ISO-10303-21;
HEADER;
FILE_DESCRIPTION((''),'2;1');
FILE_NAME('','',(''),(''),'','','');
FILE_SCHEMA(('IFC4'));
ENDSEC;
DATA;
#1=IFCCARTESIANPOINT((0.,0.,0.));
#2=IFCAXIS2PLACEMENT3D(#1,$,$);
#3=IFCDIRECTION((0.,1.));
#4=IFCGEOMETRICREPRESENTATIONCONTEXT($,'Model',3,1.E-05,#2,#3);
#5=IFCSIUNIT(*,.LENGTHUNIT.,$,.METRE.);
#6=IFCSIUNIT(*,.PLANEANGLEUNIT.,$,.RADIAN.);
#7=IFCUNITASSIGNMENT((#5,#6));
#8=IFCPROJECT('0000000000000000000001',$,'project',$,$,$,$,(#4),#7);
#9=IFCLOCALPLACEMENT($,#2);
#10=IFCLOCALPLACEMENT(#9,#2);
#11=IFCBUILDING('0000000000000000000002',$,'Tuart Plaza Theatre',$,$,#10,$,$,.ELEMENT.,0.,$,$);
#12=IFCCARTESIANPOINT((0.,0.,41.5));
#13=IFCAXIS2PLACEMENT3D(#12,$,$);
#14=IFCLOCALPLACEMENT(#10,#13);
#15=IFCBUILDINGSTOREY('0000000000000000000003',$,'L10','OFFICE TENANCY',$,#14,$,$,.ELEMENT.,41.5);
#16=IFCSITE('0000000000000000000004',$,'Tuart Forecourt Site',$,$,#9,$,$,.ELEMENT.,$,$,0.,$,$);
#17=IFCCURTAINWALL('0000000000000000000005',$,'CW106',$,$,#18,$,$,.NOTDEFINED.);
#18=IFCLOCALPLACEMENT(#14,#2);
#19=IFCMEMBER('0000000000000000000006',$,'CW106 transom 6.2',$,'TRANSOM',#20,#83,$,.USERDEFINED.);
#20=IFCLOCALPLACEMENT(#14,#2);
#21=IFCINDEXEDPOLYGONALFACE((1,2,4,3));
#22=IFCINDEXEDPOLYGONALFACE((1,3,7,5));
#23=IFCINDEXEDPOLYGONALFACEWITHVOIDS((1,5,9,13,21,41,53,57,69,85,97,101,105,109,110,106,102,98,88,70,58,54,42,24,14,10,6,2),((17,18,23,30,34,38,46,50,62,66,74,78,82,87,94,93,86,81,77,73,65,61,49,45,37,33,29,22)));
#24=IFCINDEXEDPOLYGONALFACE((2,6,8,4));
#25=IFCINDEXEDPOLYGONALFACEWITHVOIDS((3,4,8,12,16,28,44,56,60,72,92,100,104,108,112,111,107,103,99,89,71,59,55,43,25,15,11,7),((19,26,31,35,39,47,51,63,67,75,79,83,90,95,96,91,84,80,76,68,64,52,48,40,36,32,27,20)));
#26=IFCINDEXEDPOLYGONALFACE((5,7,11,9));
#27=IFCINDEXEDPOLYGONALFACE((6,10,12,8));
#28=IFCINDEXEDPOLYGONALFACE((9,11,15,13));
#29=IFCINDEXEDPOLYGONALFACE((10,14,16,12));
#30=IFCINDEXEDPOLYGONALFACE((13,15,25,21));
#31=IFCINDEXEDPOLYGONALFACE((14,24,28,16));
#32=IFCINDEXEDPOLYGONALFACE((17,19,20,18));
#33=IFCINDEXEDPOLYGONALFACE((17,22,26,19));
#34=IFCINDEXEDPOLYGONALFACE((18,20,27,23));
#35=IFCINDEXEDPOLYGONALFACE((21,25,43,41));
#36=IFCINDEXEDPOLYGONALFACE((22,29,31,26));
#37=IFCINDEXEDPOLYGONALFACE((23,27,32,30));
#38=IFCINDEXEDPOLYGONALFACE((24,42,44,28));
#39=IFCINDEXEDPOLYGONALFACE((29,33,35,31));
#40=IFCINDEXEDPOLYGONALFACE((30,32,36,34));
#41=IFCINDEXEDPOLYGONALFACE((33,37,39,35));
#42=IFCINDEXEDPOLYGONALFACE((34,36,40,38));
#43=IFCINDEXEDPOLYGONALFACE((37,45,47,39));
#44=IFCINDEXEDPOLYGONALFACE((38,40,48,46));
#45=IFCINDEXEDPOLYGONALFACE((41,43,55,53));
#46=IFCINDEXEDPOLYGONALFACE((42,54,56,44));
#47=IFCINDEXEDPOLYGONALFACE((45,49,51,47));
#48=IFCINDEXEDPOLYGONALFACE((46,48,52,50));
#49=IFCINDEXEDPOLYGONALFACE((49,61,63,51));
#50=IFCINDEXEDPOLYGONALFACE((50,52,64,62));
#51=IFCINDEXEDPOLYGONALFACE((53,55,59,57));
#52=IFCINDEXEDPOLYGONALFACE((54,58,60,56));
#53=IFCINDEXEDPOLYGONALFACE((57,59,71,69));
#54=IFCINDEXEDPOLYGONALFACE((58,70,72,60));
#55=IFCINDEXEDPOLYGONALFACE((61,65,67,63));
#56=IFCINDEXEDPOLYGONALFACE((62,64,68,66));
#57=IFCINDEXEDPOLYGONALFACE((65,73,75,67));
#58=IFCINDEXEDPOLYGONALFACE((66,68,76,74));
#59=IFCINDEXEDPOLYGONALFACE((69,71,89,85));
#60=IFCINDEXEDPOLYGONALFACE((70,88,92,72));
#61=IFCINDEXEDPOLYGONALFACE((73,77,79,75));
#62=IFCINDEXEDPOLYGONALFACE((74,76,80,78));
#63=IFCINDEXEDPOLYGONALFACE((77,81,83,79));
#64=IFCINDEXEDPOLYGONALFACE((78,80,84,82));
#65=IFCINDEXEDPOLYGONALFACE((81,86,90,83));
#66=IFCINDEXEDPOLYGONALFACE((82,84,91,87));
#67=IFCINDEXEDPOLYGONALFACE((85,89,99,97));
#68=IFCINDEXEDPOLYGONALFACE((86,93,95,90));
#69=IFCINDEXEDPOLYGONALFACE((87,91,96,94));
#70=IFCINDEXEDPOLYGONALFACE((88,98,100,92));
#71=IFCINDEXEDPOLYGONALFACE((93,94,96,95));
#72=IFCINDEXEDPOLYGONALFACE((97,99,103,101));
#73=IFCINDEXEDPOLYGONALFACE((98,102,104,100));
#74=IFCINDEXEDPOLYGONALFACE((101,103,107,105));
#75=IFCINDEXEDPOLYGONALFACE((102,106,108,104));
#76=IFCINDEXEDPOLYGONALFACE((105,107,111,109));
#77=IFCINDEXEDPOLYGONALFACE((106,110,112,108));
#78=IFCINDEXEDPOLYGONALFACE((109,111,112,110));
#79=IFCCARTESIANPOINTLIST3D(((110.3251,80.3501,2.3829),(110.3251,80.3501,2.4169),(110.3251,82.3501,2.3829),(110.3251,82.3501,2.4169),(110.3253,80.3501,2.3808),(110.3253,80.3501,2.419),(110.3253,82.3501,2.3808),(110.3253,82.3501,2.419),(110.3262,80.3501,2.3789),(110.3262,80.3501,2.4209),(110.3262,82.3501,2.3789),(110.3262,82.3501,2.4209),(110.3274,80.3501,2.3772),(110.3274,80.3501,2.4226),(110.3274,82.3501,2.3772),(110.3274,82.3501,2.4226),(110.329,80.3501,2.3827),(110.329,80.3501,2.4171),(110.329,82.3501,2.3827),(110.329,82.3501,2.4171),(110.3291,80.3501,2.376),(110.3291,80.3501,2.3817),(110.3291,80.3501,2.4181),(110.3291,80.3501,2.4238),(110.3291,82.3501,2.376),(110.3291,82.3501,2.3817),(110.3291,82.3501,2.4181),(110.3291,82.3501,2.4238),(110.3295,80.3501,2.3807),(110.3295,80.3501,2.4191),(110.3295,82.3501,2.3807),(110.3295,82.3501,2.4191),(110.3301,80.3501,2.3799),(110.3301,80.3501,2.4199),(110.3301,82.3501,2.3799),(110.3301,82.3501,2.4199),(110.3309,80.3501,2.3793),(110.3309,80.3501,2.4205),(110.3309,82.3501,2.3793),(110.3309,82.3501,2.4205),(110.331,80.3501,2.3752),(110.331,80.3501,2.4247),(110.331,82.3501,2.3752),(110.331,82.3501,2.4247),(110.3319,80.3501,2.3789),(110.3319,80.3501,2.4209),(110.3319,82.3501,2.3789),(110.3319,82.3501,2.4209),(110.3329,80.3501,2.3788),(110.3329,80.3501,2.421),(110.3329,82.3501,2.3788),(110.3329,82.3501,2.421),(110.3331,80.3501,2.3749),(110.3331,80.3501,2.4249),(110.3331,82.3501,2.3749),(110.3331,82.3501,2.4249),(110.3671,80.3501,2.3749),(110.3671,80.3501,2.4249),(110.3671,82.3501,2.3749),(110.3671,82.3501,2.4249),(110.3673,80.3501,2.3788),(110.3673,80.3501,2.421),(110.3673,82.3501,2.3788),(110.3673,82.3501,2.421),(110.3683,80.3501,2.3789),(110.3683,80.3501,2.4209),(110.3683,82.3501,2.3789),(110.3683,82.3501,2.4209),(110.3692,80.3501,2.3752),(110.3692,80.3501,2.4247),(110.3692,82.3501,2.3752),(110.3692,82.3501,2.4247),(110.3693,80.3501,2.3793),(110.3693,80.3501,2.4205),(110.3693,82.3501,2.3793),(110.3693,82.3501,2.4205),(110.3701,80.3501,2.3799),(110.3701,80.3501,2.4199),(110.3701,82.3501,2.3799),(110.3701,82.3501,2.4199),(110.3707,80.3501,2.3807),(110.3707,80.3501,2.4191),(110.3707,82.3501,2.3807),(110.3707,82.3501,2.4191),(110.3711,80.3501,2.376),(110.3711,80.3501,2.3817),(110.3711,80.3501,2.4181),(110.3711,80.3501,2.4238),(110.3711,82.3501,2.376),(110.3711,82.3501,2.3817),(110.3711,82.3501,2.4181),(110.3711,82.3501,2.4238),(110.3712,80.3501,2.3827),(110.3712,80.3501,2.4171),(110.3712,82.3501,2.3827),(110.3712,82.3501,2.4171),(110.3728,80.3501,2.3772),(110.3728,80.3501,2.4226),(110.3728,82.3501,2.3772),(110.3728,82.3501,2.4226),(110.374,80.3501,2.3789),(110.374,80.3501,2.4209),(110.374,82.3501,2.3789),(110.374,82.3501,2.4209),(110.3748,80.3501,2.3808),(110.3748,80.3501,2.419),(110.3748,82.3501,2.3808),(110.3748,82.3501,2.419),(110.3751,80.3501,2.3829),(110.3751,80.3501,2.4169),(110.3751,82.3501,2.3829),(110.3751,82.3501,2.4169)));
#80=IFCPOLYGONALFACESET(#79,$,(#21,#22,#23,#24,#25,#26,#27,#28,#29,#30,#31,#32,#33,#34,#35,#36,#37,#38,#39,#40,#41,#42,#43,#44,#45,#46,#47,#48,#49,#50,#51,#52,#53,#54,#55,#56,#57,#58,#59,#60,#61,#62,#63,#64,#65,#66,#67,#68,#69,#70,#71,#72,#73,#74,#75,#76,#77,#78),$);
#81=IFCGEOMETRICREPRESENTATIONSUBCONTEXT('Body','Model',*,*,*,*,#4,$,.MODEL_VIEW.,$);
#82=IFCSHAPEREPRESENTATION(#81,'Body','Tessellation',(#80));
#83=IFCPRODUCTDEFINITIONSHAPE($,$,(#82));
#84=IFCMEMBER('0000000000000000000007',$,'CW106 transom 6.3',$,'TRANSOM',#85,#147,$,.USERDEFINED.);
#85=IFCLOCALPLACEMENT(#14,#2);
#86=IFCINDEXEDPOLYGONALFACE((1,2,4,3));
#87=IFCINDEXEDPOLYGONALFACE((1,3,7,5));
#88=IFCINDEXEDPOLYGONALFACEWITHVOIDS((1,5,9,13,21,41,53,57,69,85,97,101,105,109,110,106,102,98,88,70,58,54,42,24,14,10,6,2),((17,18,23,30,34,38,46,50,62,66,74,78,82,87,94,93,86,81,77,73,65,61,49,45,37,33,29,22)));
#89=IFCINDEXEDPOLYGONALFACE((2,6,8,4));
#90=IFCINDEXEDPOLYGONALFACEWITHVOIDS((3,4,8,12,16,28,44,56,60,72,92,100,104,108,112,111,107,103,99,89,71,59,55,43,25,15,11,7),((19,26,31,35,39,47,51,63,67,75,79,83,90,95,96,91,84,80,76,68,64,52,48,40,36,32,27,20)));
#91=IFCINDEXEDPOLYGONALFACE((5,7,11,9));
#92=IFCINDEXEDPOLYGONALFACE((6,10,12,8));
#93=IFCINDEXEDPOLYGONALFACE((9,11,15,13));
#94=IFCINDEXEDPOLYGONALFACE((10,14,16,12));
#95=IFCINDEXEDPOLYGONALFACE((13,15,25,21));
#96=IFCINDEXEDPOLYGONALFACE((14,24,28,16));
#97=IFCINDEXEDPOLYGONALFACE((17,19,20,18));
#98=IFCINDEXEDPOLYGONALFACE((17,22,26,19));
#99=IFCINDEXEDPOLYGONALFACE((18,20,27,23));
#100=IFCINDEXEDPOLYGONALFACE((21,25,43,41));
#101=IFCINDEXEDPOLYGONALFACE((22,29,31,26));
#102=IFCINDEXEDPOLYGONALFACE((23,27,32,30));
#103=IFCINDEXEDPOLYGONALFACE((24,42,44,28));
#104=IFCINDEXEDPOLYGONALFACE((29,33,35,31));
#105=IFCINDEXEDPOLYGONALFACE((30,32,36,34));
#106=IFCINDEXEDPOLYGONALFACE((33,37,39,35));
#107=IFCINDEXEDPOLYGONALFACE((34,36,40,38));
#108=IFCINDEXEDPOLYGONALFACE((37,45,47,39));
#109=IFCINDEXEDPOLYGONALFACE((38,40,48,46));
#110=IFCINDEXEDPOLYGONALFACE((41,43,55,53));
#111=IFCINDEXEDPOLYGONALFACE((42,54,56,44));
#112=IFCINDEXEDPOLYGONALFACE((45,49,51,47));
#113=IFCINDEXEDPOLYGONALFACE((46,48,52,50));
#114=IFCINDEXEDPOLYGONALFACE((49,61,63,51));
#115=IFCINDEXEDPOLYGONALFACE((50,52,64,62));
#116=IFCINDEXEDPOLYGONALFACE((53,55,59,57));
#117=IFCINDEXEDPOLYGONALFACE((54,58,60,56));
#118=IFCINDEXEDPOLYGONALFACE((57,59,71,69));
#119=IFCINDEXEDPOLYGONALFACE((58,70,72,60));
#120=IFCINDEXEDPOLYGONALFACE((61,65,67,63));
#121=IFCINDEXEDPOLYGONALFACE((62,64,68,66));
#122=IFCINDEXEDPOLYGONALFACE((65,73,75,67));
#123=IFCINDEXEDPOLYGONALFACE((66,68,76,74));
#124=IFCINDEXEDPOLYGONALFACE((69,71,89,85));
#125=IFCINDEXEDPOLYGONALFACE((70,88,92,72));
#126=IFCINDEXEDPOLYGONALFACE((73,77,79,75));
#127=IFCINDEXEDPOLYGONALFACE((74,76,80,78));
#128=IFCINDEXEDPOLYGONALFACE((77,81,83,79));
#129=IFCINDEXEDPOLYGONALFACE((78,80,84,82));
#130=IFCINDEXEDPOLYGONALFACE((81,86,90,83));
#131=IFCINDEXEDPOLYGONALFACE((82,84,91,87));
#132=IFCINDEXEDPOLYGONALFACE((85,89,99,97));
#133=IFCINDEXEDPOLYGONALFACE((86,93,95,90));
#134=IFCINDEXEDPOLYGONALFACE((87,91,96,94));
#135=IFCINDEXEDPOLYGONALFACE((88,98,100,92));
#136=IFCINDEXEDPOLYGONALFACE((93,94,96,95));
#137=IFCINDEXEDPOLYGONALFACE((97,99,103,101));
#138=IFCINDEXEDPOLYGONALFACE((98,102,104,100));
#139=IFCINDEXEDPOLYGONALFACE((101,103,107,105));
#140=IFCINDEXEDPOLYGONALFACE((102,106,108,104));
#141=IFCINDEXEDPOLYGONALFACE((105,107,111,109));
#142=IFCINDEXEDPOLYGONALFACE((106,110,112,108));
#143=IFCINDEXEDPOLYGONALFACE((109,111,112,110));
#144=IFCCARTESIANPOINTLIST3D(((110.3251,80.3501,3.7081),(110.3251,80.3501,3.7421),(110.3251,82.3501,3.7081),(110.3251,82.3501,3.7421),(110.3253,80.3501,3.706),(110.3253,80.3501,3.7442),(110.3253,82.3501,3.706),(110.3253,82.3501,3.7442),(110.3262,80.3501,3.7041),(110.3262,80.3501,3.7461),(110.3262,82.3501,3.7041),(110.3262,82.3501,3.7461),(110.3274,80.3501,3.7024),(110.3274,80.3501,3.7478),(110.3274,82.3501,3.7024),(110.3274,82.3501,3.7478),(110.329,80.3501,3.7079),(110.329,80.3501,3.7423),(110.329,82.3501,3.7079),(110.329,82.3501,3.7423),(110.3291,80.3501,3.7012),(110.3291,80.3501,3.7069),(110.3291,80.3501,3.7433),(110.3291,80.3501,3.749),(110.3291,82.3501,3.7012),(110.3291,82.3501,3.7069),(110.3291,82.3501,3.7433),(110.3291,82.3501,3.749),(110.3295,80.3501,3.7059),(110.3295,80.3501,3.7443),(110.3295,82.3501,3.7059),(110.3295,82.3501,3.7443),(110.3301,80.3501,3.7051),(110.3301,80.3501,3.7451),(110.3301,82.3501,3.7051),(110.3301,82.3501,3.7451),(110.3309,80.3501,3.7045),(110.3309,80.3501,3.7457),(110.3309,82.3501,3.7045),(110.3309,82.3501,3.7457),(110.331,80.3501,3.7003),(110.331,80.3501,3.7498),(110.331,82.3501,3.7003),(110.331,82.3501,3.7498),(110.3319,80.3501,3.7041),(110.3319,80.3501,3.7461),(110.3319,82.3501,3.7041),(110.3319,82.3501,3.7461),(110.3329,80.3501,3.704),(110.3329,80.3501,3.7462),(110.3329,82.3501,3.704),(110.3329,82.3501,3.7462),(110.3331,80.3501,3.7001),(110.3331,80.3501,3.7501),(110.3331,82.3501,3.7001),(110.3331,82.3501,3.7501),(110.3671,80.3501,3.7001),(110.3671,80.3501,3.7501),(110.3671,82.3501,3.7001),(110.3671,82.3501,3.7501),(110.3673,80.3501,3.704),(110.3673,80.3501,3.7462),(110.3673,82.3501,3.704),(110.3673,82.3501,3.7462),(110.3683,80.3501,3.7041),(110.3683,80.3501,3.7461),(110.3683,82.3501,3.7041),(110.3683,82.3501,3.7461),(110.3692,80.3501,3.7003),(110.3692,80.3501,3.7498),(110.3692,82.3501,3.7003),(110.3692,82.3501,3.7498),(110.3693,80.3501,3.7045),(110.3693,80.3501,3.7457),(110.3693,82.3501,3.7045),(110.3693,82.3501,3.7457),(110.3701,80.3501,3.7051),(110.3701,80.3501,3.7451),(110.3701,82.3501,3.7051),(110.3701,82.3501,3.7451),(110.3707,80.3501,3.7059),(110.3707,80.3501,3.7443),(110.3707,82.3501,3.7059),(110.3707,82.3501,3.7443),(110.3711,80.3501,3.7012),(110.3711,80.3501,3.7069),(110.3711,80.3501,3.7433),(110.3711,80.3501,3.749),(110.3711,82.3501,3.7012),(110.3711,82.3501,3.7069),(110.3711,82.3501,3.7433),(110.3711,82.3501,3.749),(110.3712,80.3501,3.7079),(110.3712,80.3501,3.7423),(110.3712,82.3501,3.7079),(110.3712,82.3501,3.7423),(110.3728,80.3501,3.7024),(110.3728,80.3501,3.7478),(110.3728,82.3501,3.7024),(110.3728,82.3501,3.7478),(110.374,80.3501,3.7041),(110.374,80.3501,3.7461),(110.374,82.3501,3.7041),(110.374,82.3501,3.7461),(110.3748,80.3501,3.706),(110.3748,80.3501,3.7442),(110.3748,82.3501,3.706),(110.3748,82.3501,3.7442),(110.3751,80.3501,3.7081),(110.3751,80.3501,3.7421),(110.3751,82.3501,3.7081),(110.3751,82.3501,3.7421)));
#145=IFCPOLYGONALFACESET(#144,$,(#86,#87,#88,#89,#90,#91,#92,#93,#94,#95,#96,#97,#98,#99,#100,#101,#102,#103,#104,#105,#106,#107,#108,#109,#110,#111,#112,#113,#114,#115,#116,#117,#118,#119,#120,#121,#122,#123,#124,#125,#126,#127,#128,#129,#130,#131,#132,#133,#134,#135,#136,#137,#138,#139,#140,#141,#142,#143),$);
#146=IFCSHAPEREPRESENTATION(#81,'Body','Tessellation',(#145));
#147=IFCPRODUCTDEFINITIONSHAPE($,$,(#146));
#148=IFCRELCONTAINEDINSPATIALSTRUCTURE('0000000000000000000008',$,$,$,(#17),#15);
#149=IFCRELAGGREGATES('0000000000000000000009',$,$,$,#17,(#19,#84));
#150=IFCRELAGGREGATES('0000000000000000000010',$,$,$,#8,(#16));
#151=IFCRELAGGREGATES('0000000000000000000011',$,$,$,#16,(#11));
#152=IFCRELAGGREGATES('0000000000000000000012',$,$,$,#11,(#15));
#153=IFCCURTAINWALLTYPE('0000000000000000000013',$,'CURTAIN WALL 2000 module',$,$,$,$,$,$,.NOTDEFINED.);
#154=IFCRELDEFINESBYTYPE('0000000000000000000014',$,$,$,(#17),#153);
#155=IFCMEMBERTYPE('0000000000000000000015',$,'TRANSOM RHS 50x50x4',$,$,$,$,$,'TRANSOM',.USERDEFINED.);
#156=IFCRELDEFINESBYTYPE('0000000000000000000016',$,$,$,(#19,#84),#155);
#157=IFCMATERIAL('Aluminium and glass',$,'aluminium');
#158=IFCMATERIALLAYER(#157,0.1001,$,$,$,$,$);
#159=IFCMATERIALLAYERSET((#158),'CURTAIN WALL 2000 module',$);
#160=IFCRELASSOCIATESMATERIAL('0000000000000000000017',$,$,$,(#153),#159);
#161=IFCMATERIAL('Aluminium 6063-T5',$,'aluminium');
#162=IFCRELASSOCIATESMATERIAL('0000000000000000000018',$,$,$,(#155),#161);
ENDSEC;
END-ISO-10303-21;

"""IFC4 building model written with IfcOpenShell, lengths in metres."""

from ifc_helpers import new_model, si_unit, direction, frame, origin, origin_2d, place, context, subcontext, project, spatial, hollow_rectangle, extrude, material, layer, layer_set, material_profile, profile_set, type_object, element, aggregate, save


model = new_model("IFC4")

# Units and contexts
model_context = context("Model", 3, precision=1e-05, world=origin(), true_north=direction((0.0, 1.0)))
body_context = subcontext(model_context, "Body", "Model", "MODEL_VIEW")
ifc_project = project(units=[si_unit("LENGTHUNIT", "METRE"), si_unit("PLANEANGLEUNIT", "RADIAN")], contexts=[model_context])

# Site, building, storey
site_placement = place(None, origin())
site = spatial("IfcSite", under=ifc_project, at=site_placement, Name="Tuart Forecourt Site", CompositionType="ELEMENT", RefElevation=0.0)
building_placement = place(site_placement, origin())
building = spatial("IfcBuilding", under=site, at=building_placement, Name="Tuart Plaza Theatre", CompositionType="ELEMENT", ElevationOfRefHeight=0.0)
storey_placement = place(building_placement, frame((0.0, 0.0, 41.5)))
storey = spatial("IfcBuildingStorey", under=building, at=storey_placement, Name="L10", Description="OFFICE TENANCY", CompositionType="ELEMENT", Elevation=41.5)

# Curtain wall, members
ifc_material_1 = material(Name="Aluminium and glass", Category="aluminium")
ifc_layer_1 = layer(ifc_material_1, 0.1001)
ifc_layer_set_1 = layer_set([ifc_layer_1], Name="CURTAIN WALL 2000 module")
curtain_wall_type = type_object("IfcCurtainWallType", Name="CURTAIN WALL 2000 module", PredefinedType="NOTDEFINED", material=ifc_layer_set_1)
curtain_wall_1_placement = place(storey_placement, origin())
curtain_wall_1 = element("IfcCurtainWall", 1, at=curtain_wall_1_placement, inside=storey, type_object=curtain_wall_type, Name="CW106", PredefinedType="NOTDEFINED")
ifc_material_2 = material(Name="Aluminium 6063-T5", Category="aluminium")
ifc_material_profile_1 = material_profile(ifc_material_2, hollow_rectangle(XDim=0.05, YDim=0.05, WallThickness=0.0039, InnerFilletRadius=0.0039, OuterFilletRadius=0.0081, at=origin_2d()), Name="RHS 50x50x4")
ifc_profile_set_1 = profile_set([ifc_material_profile_1], Name="Aluminium 6063-T5")
member_type_1 = type_object("IfcMemberType", Name="TRANSOM RHS 50x50x4", ElementType="TRANSOM", PredefinedType="USERDEFINED", material=ifc_profile_set_1)
member_1_placement = place(storey_placement, frame((110.3501, 82.3501, 2.3999), z_axis=(0.0, -1.0, 0.0), x_axis=(1.0, 0.0, 0.0)))
member_1 = element("IfcMember", 2, at=member_1_placement, type_object=member_type_1, Name="CW106 transom 6.2", ObjectType="TRANSOM", PredefinedType="USERDEFINED", context=body_context, shape_type="SweptSolid", body=[
    extrude(hollow_rectangle(XDim=0.05, YDim=0.05, WallThickness=0.0039, InnerFilletRadius=0.0039, OuterFilletRadius=0.0081, at=origin_2d()), origin(), (0.0, 0.0, 1.0), 2.0),
])
member_2_placement = place(storey_placement, frame((110.3501, 82.3501, 3.7251), z_axis=(0.0, -1.0, 0.0), x_axis=(1.0, 0.0, 0.0)))
member_2 = element("IfcMember", 3, at=member_2_placement, type_object=member_type_1, Name="CW106 transom 6.3", ObjectType="TRANSOM", PredefinedType="USERDEFINED", context=body_context, shape_type="SweptSolid", body=[
    extrude(hollow_rectangle(XDim=0.05, YDim=0.05, WallThickness=0.0039, InnerFilletRadius=0.0039, OuterFilletRadius=0.0081, at=origin_2d()), origin(), (0.0, 0.0, 1.0), 2.0),
])

aggregate(curtain_wall_1, [member_1, member_2])

save(model, "model.ifc")
